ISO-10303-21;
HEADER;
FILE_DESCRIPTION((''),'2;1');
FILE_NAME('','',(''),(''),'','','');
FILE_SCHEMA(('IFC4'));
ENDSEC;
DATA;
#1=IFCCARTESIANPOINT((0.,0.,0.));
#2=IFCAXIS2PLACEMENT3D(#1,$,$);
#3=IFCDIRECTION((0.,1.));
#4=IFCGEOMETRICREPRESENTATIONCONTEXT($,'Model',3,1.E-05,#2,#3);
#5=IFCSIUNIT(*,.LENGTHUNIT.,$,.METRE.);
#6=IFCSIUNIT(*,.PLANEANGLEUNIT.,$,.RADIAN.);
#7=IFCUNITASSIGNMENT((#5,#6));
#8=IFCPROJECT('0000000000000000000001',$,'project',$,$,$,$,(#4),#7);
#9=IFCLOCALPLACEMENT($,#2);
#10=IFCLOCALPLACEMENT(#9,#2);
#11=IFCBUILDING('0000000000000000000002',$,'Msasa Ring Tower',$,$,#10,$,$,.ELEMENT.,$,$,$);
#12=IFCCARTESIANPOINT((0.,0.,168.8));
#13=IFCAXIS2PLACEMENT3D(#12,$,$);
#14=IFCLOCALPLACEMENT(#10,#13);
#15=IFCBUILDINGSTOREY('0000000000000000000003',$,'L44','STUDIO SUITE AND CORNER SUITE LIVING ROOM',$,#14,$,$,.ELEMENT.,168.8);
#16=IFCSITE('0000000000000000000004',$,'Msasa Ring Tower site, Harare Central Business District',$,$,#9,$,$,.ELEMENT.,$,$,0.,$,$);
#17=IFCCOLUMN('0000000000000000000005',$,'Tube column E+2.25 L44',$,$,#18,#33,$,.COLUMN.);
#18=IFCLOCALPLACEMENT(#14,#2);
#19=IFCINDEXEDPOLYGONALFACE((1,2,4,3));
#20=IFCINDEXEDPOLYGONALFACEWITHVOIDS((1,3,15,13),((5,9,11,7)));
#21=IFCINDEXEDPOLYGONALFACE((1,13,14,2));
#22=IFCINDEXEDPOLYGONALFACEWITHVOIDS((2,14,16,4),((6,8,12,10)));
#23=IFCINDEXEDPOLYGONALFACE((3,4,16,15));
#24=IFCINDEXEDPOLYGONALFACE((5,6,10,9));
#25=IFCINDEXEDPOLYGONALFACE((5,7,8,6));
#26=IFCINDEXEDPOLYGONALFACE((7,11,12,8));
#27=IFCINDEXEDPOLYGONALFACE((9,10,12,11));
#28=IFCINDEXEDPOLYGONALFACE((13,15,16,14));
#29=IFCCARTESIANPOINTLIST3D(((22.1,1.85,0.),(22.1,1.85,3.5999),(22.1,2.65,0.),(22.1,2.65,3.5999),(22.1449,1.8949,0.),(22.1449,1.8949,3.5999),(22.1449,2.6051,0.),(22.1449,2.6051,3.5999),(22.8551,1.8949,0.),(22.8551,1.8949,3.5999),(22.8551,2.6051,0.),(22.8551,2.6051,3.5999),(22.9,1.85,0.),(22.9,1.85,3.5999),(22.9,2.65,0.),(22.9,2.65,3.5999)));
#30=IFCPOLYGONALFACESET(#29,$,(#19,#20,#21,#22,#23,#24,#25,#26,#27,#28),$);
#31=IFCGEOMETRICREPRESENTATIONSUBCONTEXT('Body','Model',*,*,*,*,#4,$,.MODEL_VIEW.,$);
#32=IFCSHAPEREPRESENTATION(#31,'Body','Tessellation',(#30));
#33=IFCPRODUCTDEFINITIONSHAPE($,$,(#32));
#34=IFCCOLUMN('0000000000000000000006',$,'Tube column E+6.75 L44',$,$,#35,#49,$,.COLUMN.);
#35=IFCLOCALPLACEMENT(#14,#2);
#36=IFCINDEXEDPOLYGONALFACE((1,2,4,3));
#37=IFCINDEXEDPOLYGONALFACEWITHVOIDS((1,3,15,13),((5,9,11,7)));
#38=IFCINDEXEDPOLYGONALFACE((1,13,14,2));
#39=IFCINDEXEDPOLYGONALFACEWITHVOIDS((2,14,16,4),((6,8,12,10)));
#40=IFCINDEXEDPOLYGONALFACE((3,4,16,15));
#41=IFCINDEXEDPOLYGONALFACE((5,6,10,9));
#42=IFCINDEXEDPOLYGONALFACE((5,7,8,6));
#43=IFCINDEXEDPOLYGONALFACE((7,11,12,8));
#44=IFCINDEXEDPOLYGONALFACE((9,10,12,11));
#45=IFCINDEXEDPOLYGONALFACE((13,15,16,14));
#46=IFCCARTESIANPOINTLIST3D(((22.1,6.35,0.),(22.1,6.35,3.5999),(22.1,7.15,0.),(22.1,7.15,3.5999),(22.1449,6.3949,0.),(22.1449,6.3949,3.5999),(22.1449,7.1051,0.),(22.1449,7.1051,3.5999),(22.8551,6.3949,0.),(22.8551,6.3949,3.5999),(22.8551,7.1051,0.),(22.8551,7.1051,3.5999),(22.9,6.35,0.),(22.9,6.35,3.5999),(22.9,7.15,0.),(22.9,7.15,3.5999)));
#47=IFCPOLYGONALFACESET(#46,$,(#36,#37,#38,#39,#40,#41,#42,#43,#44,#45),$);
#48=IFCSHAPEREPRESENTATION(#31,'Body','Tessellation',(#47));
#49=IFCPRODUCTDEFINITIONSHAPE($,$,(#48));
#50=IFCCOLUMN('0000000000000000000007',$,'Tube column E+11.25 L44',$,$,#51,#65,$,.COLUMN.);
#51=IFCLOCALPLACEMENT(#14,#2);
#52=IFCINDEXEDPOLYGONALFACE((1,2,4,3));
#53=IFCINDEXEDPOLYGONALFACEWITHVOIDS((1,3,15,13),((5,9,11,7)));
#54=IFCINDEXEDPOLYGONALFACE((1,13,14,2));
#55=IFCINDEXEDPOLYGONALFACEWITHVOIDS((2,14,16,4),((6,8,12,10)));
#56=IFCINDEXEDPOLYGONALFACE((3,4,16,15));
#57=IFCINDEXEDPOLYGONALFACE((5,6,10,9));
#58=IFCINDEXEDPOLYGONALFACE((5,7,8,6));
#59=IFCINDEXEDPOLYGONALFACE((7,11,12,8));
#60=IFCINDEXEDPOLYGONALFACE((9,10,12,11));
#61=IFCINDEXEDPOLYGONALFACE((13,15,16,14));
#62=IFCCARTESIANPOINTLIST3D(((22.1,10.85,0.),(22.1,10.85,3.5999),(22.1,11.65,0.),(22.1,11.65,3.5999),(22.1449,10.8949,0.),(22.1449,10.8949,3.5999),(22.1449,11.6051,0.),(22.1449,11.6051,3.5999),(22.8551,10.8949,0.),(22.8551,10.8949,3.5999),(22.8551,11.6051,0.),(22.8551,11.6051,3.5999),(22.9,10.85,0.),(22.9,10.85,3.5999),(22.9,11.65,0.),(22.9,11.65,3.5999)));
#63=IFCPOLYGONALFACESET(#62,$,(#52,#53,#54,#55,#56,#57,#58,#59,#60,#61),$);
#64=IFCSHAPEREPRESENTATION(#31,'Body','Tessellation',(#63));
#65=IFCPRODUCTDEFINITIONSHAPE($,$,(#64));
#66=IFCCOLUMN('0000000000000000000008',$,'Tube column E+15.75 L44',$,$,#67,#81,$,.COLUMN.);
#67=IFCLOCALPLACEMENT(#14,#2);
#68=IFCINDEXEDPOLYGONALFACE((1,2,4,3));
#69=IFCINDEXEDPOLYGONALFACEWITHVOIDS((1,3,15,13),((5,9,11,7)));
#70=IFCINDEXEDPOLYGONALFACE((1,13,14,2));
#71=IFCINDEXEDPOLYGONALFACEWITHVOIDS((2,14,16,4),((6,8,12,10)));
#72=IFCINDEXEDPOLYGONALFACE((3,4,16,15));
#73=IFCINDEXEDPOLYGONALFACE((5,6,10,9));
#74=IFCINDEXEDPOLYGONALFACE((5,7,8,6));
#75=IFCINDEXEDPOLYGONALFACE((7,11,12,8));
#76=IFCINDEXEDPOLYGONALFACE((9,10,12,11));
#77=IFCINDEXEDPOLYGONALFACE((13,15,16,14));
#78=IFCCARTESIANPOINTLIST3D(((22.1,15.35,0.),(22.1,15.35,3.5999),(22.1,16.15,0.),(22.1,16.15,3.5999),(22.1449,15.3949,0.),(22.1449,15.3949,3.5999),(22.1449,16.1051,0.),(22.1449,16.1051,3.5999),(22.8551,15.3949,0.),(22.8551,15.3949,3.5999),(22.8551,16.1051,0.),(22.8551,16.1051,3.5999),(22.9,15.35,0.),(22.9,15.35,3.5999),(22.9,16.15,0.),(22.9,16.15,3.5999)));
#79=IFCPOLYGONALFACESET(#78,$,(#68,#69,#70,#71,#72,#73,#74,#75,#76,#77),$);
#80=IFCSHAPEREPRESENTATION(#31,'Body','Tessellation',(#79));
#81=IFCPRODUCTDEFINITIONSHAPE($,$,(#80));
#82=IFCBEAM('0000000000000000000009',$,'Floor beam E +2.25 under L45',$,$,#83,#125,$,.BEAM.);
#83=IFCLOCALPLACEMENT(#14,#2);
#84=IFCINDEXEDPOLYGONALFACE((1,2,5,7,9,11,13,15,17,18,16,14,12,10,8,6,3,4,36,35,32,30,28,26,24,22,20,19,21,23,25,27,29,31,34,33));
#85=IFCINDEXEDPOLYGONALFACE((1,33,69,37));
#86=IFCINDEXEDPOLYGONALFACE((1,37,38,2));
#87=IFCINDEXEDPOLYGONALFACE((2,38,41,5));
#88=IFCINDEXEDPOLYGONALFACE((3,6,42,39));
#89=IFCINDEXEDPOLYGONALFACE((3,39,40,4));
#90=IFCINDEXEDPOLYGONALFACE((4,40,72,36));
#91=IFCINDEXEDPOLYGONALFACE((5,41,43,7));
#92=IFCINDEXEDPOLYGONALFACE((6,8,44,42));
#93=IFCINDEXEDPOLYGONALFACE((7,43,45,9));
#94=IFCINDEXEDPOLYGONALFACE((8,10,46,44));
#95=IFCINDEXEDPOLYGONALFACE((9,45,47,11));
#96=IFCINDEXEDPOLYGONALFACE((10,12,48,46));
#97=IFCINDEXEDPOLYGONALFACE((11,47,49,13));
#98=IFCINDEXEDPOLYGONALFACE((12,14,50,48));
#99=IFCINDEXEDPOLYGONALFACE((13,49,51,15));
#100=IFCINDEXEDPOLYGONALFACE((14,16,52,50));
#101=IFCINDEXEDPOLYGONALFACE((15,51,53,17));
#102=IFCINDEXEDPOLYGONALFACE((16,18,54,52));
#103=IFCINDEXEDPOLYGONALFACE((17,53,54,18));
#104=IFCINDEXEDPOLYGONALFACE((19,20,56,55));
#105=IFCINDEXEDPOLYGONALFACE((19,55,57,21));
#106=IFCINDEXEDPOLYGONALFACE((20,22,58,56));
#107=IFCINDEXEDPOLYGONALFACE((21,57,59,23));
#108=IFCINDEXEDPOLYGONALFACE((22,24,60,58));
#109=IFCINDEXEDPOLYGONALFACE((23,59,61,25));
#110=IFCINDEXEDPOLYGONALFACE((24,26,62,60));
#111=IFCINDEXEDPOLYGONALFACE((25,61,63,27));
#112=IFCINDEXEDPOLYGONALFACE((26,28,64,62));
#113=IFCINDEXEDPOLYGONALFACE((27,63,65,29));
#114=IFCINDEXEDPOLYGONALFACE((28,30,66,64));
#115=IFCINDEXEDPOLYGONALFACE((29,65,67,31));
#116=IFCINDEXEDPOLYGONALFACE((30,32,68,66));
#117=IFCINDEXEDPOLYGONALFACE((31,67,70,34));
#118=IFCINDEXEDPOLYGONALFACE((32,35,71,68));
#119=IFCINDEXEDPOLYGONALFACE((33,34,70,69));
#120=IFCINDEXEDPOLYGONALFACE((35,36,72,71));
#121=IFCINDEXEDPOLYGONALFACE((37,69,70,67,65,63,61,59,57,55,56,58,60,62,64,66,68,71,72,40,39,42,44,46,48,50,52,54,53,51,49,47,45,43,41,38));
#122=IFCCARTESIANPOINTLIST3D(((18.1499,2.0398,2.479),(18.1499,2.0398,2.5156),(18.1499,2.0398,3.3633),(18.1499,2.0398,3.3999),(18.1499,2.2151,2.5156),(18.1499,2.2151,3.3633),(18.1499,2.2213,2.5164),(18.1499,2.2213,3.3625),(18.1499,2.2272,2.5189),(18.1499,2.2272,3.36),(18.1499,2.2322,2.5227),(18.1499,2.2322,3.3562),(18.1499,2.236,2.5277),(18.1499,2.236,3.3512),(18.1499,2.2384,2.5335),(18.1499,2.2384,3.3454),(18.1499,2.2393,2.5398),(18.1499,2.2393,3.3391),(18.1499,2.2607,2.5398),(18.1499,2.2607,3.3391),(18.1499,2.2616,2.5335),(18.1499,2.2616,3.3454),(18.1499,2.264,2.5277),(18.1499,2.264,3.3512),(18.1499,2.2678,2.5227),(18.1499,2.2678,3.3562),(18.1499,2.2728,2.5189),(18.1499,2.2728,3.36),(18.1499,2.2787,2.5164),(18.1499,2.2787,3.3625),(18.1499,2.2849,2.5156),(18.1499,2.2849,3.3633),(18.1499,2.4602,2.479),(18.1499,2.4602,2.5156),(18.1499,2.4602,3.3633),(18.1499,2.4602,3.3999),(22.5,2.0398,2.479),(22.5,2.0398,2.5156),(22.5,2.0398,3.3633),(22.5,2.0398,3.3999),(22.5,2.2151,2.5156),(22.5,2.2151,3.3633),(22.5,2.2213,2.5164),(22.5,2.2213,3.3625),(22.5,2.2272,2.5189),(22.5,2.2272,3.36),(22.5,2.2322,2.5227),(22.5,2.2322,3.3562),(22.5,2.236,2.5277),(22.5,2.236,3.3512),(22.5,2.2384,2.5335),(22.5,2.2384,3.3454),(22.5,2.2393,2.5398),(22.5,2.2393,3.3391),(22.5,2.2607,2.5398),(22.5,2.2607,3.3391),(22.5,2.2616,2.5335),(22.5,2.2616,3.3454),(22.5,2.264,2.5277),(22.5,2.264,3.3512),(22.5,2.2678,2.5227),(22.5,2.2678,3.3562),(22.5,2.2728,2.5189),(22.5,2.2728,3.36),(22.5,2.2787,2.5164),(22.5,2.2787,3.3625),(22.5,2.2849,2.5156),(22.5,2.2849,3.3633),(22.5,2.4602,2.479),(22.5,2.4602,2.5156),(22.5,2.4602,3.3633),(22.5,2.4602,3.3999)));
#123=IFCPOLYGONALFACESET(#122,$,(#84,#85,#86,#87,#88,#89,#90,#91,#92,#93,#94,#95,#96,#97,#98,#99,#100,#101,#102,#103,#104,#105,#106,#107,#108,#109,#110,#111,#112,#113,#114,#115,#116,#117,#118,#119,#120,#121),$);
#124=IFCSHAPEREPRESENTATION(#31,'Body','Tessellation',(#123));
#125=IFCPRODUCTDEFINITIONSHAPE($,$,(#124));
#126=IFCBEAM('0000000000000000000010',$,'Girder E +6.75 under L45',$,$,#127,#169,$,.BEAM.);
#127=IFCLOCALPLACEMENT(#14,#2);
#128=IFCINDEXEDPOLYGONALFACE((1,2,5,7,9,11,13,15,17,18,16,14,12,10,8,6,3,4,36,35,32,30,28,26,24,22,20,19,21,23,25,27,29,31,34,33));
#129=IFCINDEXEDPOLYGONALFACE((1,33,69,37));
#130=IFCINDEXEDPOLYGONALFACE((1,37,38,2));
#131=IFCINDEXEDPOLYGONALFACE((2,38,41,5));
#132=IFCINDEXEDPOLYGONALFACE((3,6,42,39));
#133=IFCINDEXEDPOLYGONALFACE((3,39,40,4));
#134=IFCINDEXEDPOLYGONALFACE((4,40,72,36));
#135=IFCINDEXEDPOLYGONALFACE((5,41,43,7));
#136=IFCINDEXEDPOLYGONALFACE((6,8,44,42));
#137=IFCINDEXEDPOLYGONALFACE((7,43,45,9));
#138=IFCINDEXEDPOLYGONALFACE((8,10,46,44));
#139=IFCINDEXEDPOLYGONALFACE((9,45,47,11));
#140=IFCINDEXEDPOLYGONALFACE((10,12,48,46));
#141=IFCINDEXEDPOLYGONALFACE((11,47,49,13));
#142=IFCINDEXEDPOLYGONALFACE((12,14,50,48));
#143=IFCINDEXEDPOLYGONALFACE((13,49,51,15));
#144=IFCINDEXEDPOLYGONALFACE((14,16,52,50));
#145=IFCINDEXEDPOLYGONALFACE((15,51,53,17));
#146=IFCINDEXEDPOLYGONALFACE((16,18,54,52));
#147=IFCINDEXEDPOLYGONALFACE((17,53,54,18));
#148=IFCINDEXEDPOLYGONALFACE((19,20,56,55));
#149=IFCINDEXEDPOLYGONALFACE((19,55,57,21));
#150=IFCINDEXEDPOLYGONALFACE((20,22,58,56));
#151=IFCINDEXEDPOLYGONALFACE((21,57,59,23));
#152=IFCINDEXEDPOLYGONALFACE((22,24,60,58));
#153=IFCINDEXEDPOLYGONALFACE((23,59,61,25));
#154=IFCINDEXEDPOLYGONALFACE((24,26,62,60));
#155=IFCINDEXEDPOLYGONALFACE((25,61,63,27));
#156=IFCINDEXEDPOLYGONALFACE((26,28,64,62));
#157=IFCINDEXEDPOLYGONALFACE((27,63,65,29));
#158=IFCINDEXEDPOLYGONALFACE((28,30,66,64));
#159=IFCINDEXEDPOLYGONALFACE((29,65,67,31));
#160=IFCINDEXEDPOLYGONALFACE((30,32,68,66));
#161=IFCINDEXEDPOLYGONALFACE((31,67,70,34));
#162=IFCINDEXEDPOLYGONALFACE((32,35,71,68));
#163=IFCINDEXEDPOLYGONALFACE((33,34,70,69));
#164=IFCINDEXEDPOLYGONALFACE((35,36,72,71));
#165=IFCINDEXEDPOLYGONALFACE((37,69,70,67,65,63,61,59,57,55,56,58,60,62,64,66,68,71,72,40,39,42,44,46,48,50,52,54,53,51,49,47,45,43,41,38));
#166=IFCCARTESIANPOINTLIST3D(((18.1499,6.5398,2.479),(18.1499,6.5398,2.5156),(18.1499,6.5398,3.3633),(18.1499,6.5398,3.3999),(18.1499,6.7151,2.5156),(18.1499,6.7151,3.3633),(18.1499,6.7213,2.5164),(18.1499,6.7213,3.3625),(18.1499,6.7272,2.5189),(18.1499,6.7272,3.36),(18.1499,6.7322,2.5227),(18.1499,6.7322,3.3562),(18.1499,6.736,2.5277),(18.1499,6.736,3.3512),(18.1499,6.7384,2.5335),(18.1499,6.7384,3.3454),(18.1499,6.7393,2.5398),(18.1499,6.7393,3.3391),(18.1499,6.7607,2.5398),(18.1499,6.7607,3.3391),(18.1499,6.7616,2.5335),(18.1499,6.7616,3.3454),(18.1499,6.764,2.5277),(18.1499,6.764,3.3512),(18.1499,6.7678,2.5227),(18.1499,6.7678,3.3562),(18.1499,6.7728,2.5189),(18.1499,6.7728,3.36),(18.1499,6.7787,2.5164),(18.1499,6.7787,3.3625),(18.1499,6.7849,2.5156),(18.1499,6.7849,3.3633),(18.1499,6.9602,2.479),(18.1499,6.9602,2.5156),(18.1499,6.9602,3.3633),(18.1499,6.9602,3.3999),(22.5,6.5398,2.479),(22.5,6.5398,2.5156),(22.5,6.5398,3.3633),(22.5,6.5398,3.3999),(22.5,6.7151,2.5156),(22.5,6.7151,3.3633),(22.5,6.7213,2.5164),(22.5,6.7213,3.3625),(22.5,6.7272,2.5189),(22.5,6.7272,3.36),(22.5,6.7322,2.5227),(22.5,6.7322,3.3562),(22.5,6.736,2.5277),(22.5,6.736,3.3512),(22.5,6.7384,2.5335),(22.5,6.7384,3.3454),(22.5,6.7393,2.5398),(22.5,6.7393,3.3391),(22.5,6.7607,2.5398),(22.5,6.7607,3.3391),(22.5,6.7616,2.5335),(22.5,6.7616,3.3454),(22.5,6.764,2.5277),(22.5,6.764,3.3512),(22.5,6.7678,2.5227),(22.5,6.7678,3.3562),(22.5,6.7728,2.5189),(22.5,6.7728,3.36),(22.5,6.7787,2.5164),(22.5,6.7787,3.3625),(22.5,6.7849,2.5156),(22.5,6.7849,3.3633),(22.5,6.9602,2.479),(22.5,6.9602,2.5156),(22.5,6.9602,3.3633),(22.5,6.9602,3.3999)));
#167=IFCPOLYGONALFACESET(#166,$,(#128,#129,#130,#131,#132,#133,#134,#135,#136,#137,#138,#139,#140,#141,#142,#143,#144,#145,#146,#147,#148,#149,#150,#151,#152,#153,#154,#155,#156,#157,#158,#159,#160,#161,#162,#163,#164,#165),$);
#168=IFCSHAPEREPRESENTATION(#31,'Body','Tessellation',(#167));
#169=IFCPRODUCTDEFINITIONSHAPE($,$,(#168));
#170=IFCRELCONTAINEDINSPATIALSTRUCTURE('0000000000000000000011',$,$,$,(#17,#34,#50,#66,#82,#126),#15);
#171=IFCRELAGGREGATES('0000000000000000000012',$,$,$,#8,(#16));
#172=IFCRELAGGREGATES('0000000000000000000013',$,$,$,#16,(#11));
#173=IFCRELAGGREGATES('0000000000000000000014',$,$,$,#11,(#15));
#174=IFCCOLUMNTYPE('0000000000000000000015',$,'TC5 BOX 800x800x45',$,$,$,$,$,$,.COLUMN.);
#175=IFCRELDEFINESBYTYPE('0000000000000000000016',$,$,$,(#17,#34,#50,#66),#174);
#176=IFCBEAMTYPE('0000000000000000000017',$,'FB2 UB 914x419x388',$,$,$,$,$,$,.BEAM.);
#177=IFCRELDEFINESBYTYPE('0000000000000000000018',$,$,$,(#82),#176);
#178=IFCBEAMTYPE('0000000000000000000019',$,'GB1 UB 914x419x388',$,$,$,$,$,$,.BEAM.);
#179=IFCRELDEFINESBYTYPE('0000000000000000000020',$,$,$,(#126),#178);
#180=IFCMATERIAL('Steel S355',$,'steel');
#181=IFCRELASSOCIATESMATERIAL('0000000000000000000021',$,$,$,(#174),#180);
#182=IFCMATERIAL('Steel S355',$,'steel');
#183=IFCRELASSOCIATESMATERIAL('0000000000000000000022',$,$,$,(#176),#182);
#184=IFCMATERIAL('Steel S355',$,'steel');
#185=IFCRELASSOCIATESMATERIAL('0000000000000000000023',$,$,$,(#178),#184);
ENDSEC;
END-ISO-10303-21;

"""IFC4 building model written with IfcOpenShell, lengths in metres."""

from ifc_helpers import new_model, si_unit, direction, frame, origin, origin_2d, place, context, subcontext, project, spatial, hollow_rectangle, i_section, extrude, material, material_profile, profile_set, type_object, element, save


model = new_model("IFC4")

# Units and contexts
model_context = context("Model", 3, precision=1e-05, world=origin(), true_north=direction((0.0, 1.0)))
body_context = subcontext(model_context, "Body", "Model", "MODEL_VIEW")
ifc_project = project(units=[si_unit("LENGTHUNIT", "METRE"), si_unit("PLANEANGLEUNIT", "RADIAN")], contexts=[model_context])

# Site, building, storey
site_placement = place(None, origin())
site = spatial("IfcSite", under=ifc_project, at=site_placement, Name="Msasa Ring Tower site, Harare Central Business District", CompositionType="ELEMENT", RefElevation=0.0)
building_placement = place(site_placement, origin())
building = spatial("IfcBuilding", under=site, at=building_placement, Name="Msasa Ring Tower", CompositionType="ELEMENT")
storey_placement = place(building_placement, frame((0.0, 0.0, 168.8)))
storey = spatial("IfcBuildingStorey", under=building, at=storey_placement, Name="L44", Description="STUDIO SUITE AND CORNER SUITE LIVING ROOM", CompositionType="ELEMENT", Elevation=168.8)

# Columns
ifc_material_1 = material(Name="Steel S355", Category="steel")
ifc_material_profile_1 = material_profile(ifc_material_1, hollow_rectangle(XDim=0.8, YDim=0.8, WallThickness=0.0449, at=origin_2d()), Name="BOX 800x800x45")
ifc_profile_set_1 = profile_set([ifc_material_profile_1], Name="Steel S355")
column_type = type_object("IfcColumnType", Name="TC5 BOX 800x800x45", PredefinedType="COLUMN", material=ifc_profile_set_1)
for number, where, z_axis, x_axis, name in (
    (1, (22.5, 2.25, 0.0), (0.0, 0.0, 1.0), (1.0, 0.0, 0.0), "Tube column E+2.25 L44"),
    (2, (22.5, 6.75, 0.0), (0.0, 0.0, 1.0), (1.0, 0.0, 0.0), "Tube column E+6.75 L44"),
    (3, (22.5, 11.25, 0.0), (0.0, 0.0, 1.0), (1.0, 0.0, 0.0), "Tube column E+11.25 L44"),
    (4, (22.5, 15.75, 0.0), (0.0, 0.0, 1.0), (1.0, 0.0, 0.0), "Tube column E+15.75 L44"),
):
    element("IfcColumn", number, at=place(storey_placement, frame(where, z_axis=z_axis, x_axis=x_axis)), inside=storey, type_object=column_type, Name=name, PredefinedType="COLUMN", context=body_context, shape_type="SweptSolid", body=[
        extrude(hollow_rectangle(XDim=0.8, YDim=0.8, WallThickness=0.0449, at=origin_2d()), origin(), (0.0, 0.0, 1.0), 3.5999),
    ])

# Beams
ifc_material_2 = material(Name="Steel S355", Category="steel")
ifc_material_profile_2 = material_profile(ifc_material_2, i_section(OverallWidth=0.4204, OverallDepth=0.9209, WebThickness=0.0215, FlangeThickness=0.0366, FilletRadius=0.0242, at=origin_2d()), Name="UB 914x419x388")
ifc_profile_set_2 = profile_set([ifc_material_profile_2], Name="Steel S355")
beam_type_1 = type_object("IfcBeamType", Name="FB2 UB 914x419x388", PredefinedType="BEAM", material=ifc_profile_set_2)
beam_1_placement = place(storey_placement, frame((22.5, 2.25, 2.9395), z_axis=(-1.0, 0.0, 0.0), x_axis=(0.0, -1.0, 0.0)))
element("IfcBeam", 5, at=beam_1_placement, inside=storey, type_object=beam_type_1, Name="Floor beam E +2.25 under L45", PredefinedType="BEAM", context=body_context, shape_type="SweptSolid", body=[
    extrude(i_section(OverallWidth=0.4204, OverallDepth=0.9209, WebThickness=0.0215, FlangeThickness=0.0366, FilletRadius=0.0242, at=origin_2d()), origin(), (0.0, 0.0, 1.0), 4.3501),
])
ifc_material_3 = material(Name="Steel S355", Category="steel")
ifc_material_profile_3 = material_profile(ifc_material_3, i_section(OverallWidth=0.4204, OverallDepth=0.9209, WebThickness=0.0215, FlangeThickness=0.0366, FilletRadius=0.0242, at=origin_2d()), Name="UB 914x419x388")
ifc_profile_set_3 = profile_set([ifc_material_profile_3], Name="Steel S355")
beam_type_2 = type_object("IfcBeamType", Name="GB1 UB 914x419x388", PredefinedType="BEAM", material=ifc_profile_set_3)
beam_2_placement = place(storey_placement, frame((18.1499, 6.75, 2.9395), z_axis=(1.0, 0.0, 0.0), x_axis=(0.0, 1.0, 0.0)))
element("IfcBeam", 6, at=beam_2_placement, inside=storey, type_object=beam_type_2, Name="Girder E +6.75 under L45", PredefinedType="BEAM", context=body_context, shape_type="SweptSolid", body=[
    extrude(i_section(OverallWidth=0.4204, OverallDepth=0.9209, WebThickness=0.0215, FlangeThickness=0.0366, FilletRadius=0.0242, at=origin_2d()), origin(), (0.0, 0.0, 1.0), 4.3501),
])

save(model, "model.ifc")
